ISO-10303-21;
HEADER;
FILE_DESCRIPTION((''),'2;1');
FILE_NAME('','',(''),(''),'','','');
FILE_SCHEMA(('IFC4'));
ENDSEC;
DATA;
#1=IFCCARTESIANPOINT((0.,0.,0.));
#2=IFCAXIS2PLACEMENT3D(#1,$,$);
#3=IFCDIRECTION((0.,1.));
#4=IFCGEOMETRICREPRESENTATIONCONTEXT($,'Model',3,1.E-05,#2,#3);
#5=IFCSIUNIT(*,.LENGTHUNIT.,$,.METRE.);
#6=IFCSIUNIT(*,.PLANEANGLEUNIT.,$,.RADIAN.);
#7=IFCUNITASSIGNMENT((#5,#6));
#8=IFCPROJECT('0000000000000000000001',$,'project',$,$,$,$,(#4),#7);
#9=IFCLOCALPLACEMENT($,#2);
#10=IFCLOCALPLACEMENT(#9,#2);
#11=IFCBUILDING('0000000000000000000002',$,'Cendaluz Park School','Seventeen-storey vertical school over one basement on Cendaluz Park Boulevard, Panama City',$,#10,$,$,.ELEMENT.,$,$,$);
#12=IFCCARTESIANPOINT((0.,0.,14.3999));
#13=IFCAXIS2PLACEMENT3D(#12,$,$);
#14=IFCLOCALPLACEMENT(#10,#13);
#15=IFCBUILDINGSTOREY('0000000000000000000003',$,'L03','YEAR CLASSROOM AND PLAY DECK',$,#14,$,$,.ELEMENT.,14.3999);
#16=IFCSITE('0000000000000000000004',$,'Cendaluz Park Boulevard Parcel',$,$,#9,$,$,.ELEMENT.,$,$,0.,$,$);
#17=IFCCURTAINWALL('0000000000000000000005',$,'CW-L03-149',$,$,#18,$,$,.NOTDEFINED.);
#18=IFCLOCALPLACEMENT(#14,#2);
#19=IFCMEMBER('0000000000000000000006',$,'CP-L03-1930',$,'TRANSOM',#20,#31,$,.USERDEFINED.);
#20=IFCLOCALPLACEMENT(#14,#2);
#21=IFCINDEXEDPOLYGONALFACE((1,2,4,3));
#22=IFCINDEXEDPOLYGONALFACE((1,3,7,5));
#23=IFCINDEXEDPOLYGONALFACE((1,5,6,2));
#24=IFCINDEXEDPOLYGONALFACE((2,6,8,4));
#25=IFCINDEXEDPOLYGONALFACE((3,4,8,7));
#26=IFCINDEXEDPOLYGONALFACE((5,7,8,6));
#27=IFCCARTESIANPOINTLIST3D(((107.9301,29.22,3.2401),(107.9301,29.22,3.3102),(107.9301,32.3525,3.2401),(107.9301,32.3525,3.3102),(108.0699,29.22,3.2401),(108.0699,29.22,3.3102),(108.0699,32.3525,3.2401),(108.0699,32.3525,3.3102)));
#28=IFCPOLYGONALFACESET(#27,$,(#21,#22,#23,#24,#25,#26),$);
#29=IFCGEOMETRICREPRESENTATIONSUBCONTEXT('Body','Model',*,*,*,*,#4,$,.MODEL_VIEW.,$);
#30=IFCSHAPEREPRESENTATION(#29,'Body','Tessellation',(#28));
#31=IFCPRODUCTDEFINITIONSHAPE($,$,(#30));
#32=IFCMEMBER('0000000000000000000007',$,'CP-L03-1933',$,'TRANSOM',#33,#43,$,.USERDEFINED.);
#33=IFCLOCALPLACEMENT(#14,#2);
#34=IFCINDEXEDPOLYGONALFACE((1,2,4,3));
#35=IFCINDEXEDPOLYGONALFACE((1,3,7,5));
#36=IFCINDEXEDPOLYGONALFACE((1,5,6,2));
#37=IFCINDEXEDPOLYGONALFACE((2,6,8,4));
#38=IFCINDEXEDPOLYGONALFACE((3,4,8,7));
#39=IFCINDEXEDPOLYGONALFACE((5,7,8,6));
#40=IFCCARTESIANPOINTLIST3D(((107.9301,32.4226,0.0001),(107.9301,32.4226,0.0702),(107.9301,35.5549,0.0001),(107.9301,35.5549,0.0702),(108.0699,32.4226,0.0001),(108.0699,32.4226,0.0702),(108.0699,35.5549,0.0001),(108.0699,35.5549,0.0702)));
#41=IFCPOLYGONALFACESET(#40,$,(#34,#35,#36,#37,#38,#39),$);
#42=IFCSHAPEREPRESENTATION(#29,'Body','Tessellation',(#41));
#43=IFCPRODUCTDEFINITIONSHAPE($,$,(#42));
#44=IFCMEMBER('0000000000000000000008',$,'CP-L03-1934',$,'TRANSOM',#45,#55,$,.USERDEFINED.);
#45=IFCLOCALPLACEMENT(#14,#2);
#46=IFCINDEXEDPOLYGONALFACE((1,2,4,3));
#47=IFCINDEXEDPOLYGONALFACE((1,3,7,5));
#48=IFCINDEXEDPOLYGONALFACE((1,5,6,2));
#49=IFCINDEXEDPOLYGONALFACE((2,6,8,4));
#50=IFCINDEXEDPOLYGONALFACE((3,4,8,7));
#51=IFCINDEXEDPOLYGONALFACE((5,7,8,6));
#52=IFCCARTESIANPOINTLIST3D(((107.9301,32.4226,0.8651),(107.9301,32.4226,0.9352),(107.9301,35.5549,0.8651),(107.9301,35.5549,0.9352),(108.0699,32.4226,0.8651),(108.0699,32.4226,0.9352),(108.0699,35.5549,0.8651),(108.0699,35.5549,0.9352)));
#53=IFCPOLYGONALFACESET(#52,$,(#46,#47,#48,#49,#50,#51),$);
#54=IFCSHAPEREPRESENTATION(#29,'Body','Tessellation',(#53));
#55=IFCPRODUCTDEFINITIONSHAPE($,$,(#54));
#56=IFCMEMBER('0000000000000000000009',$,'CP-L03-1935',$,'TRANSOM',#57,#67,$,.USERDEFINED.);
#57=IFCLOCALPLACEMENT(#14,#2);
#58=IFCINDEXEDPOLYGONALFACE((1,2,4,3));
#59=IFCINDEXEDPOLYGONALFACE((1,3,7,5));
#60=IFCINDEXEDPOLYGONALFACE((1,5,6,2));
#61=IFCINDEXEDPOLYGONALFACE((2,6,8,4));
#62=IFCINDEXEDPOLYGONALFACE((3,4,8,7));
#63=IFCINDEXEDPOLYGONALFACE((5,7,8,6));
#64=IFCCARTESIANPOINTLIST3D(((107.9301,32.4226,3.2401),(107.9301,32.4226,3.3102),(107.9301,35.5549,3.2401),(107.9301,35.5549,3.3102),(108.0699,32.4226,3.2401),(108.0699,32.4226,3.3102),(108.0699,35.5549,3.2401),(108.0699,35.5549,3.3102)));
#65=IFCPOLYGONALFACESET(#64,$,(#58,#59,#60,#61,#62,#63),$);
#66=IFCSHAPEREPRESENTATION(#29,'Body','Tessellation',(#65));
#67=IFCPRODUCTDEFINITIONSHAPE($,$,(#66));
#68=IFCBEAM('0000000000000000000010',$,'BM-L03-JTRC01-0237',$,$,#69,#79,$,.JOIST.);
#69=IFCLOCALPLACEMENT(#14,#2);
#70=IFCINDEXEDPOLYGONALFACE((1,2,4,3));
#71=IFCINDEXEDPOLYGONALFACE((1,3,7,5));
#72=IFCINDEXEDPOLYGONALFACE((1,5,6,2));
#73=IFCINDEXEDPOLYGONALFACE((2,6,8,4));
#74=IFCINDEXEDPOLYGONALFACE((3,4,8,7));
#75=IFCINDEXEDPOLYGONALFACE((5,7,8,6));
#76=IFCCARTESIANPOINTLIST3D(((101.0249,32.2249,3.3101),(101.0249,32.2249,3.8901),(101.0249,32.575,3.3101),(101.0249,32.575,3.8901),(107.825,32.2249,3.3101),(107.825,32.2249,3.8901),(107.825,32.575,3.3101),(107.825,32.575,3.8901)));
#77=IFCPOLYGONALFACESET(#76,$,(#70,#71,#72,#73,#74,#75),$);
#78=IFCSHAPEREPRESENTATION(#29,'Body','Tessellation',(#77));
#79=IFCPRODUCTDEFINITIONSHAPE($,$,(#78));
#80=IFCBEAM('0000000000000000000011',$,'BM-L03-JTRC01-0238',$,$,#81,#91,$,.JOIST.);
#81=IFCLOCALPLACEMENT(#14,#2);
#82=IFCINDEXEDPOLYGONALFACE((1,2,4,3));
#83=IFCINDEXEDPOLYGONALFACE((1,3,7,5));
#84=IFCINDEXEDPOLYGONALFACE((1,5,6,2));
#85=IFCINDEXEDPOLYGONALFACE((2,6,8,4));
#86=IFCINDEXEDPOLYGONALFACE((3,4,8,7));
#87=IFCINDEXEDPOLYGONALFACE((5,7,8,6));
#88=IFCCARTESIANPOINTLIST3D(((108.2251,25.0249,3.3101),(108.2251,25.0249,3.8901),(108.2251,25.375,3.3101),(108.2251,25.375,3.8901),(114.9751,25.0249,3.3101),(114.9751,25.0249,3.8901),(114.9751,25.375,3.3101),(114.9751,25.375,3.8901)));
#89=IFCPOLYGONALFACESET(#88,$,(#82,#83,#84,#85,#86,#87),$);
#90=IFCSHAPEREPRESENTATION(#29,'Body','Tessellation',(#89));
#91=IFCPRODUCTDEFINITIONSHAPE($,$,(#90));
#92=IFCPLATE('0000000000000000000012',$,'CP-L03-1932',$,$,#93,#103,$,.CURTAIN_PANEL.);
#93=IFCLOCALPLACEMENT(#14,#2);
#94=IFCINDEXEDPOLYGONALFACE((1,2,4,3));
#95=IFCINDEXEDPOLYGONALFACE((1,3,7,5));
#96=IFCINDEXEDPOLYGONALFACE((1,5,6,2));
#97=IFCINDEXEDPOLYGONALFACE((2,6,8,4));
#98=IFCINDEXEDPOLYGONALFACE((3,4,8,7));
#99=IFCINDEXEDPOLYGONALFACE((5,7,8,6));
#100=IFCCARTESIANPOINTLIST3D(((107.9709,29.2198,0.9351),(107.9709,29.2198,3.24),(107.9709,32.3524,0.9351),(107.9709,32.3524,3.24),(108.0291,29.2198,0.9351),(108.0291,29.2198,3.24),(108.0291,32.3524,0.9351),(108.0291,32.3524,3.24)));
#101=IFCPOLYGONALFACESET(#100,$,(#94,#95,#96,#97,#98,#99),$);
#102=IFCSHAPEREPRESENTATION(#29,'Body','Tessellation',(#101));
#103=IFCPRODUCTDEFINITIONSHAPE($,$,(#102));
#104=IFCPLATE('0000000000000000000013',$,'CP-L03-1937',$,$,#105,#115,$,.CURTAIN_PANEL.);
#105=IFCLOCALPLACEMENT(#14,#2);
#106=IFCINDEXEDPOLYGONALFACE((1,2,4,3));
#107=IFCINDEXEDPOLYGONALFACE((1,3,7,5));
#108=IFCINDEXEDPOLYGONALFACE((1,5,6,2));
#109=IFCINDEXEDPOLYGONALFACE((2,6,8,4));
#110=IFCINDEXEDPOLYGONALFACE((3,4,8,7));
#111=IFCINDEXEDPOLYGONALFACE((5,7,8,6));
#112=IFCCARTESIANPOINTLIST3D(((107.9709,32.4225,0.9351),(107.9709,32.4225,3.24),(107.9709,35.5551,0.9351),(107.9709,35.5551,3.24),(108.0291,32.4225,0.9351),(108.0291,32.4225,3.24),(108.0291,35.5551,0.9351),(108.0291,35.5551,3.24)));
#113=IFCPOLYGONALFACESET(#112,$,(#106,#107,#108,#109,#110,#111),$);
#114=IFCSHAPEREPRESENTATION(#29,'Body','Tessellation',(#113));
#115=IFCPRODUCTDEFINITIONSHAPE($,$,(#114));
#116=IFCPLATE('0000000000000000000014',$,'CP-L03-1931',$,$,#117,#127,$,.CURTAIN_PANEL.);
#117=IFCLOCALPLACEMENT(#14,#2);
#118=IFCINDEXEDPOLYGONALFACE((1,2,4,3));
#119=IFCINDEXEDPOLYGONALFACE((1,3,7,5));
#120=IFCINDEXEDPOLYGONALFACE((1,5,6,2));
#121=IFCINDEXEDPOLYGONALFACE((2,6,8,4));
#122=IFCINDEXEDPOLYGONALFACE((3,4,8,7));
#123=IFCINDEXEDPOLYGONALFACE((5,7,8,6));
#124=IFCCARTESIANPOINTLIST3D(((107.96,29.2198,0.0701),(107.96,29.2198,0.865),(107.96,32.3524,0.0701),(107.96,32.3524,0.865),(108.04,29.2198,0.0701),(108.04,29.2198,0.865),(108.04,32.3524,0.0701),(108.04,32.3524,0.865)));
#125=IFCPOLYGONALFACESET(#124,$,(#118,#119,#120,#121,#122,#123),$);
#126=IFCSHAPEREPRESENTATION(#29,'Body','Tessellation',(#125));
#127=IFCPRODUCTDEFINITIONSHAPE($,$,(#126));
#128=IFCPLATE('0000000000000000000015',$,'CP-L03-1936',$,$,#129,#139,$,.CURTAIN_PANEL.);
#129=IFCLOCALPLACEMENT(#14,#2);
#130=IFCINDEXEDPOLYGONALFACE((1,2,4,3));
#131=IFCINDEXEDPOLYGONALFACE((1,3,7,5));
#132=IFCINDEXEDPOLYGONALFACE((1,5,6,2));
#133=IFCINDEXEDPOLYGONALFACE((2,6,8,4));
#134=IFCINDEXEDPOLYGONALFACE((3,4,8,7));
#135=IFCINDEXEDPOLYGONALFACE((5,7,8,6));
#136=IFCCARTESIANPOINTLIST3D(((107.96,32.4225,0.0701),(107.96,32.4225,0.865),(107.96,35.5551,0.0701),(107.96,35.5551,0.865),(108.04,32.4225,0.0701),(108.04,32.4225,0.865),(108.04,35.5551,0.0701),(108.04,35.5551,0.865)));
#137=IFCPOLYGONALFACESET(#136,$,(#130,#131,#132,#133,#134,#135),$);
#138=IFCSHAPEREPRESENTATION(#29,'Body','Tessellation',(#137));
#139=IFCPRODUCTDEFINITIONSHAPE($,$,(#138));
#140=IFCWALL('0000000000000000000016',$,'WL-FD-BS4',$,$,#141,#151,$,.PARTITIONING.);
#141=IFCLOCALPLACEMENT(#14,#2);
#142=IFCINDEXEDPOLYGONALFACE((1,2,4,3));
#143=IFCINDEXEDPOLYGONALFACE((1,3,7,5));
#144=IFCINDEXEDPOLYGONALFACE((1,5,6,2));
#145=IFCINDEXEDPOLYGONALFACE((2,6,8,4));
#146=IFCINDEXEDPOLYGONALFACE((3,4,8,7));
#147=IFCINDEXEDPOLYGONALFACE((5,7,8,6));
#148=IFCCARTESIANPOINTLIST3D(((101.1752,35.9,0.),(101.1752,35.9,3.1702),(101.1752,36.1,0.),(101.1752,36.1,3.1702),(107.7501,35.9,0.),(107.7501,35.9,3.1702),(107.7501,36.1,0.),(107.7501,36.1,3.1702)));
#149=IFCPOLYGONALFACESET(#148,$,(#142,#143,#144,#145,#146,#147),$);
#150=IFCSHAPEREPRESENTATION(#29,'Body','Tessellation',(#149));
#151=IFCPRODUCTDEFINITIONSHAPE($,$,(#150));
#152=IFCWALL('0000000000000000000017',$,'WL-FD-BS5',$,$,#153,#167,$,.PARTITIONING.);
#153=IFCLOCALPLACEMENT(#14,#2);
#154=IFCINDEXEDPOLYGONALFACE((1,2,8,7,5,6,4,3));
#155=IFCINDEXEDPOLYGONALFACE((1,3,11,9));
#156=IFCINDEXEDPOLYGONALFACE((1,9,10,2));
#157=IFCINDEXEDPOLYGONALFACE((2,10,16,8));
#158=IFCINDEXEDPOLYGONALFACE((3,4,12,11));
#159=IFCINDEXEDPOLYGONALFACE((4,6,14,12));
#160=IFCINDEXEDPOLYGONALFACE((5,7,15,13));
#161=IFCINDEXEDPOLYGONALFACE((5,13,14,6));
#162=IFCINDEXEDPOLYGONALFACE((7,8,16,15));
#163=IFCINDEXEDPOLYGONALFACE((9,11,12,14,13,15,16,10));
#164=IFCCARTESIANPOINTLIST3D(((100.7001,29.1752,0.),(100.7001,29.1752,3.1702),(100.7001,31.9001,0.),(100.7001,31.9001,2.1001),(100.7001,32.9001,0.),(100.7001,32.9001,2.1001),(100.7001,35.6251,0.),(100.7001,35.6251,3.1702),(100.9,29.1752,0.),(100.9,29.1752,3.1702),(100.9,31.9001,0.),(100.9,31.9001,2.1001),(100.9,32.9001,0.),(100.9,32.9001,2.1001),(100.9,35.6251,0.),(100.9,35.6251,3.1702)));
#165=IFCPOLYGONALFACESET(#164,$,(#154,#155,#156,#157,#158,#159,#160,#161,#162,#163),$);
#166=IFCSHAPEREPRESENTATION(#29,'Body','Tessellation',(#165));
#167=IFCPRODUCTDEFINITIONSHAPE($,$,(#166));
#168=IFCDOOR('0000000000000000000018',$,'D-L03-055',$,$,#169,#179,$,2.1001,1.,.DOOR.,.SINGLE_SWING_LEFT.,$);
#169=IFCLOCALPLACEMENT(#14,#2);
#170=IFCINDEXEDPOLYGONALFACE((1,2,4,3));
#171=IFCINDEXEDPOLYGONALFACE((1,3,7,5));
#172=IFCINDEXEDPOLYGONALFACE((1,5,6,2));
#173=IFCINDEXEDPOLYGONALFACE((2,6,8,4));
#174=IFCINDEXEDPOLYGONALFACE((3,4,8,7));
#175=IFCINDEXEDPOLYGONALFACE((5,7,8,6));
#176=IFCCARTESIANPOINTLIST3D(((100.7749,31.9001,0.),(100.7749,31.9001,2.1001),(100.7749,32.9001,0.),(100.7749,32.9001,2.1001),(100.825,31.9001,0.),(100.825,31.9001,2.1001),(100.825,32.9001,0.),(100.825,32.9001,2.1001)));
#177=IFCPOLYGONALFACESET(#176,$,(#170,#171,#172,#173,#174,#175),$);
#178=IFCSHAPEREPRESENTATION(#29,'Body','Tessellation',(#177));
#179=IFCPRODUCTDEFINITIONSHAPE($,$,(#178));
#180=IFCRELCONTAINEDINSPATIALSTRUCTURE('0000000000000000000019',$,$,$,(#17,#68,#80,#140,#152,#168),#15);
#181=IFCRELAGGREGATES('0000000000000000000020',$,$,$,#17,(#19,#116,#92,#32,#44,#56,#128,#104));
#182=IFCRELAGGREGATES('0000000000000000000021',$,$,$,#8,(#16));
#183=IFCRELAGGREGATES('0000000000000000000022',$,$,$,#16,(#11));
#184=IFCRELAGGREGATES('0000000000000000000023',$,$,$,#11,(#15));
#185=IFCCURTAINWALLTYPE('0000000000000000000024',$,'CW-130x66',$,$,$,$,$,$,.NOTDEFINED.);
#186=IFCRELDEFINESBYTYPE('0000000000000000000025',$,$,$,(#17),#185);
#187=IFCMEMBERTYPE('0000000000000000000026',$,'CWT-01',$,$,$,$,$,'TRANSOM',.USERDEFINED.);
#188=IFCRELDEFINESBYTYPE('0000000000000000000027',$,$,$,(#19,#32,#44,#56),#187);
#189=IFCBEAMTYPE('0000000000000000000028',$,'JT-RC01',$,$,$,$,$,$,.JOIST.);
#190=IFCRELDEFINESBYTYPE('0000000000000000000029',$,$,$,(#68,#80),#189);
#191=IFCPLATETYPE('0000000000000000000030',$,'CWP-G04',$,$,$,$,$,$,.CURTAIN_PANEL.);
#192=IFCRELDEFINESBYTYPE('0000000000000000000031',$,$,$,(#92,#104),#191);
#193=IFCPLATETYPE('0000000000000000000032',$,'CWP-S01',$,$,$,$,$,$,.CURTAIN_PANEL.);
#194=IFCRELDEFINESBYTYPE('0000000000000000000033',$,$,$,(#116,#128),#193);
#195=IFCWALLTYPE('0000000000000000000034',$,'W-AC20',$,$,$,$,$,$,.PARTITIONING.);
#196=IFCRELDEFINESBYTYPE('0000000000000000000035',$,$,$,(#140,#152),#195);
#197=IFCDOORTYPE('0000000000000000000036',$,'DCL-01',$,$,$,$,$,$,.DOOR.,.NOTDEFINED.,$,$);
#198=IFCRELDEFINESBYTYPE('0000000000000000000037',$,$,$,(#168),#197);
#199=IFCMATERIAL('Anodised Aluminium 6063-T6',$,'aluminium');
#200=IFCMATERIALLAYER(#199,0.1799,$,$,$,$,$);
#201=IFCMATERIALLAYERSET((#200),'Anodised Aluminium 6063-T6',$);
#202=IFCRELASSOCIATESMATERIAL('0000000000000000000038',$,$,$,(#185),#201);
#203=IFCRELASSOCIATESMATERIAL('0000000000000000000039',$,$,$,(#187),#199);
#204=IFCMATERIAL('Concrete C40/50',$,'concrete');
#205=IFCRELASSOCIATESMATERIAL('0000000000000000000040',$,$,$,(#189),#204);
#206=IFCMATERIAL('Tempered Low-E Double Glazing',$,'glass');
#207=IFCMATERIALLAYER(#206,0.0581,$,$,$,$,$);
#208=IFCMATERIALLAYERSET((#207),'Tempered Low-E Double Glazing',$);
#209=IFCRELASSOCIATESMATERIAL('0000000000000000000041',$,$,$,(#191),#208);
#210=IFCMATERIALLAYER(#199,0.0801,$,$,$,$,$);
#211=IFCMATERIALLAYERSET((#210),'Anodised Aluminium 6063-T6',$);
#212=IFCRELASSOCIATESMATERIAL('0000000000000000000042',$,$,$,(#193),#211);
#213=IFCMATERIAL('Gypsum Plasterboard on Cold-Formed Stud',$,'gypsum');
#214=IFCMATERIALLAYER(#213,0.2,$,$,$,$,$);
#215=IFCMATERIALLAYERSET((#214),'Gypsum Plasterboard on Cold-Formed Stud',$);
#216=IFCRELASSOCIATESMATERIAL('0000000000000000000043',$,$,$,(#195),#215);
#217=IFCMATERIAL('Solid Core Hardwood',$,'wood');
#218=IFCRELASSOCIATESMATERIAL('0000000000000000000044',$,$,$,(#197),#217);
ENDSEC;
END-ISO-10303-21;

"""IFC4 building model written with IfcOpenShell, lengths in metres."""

from ifc_helpers import new_model, si_unit, direction, frame, frame_2d, origin, origin_2d, place, context, subcontext, project, spatial, rectangle, extrude, material, layer, layer_set, material_profile, profile_set, type_object, element, fill, aggregate, save


model = new_model("IFC4")

# Units and contexts
model_context = context("Model", 3, precision=1e-05, world=origin(), true_north=direction((0.0, 1.0)))
body_context = subcontext(model_context, "Body", "Model", "MODEL_VIEW")
ifc_project = project(units=[si_unit("LENGTHUNIT", "METRE"), si_unit("PLANEANGLEUNIT", "RADIAN")], contexts=[model_context])

# Site, building, storey
site_placement = place(None, origin())
site = spatial("IfcSite", under=ifc_project, at=site_placement, Name="Cendaluz Park Boulevard Parcel", CompositionType="ELEMENT", RefElevation=0.0)
building_placement = place(site_placement, origin())
building = spatial("IfcBuilding", under=site, at=building_placement, Name="Cendaluz Park School", Description="Seventeen-storey vertical school over one basement on Cendaluz Park Boulevard, Panama City", CompositionType="ELEMENT")
storey_placement = place(building_placement, frame((0.0, 0.0, 14.3999)))
storey = spatial("IfcBuildingStorey", under=building, at=storey_placement, Name="L03", Description="YEAR CLASSROOM AND PLAY DECK", CompositionType="ELEMENT", Elevation=14.3999)

# Shared definitions
ifc_material_1 = material(Name="Concrete C40/50", Category="concrete")

# Curtain wall, members
ifc_material_2 = material(Name="Anodised Aluminium 6063-T6", Category="aluminium")
ifc_layer_1 = layer(ifc_material_2, 0.1799)
ifc_layer_set_1 = layer_set([ifc_layer_1], Name="Anodised Aluminium 6063-T6")
curtain_wall_type = type_object("IfcCurtainWallType", Name="CW-130x66", PredefinedType="NOTDEFINED", material=ifc_layer_set_1)
curtain_wall_placement = place(storey_placement, origin())
curtain_wall = element("IfcCurtainWall", 1, at=curtain_wall_placement, inside=storey, type_object=curtain_wall_type, Name="CW-L03-149", PredefinedType="NOTDEFINED")
ifc_material_profile_1 = material_profile(ifc_material_2, rectangle(XDim=0.1399, YDim=0.0701, at=origin_2d()), Name="CWT 140x70", Category="aluminium")
ifc_profile_set_1 = profile_set([ifc_material_profile_1], Name="Anodised Aluminium 6063-T6")
member_type_1 = type_object("IfcMemberType", Name="CWT-01", ElementType="TRANSOM", PredefinedType="USERDEFINED", material=ifc_profile_set_1)
member_1_placement = place(storey_placement, frame((108.0, 29.22, 3.2751), z_axis=(0.0, 1.0, 0.0), x_axis=(-1.0, 0.0, 0.0)))
member_1 = element("IfcMember", 2, at=member_1_placement, type_object=member_type_1, Name="CP-L03-1930", ObjectType="TRANSOM", PredefinedType="USERDEFINED", context=body_context, shape_type="SweptSolid", body=[
    extrude(rectangle(XDim=0.1399, YDim=0.0701, at=origin_2d()), origin(), (0.0, 0.0, 1.0), 3.1326),
])
member_2_placement = place(storey_placement, frame((108.0, 32.4226, 0.0352), z_axis=(0.0, 1.0, 0.0), x_axis=(-1.0, 0.0, 0.0)))
member_2 = element("IfcMember", 3, at=member_2_placement, type_object=member_type_1, Name="CP-L03-1933", ObjectType="TRANSOM", PredefinedType="USERDEFINED", context=body_context, shape_type="SweptSolid", body=[
    extrude(rectangle(XDim=0.1399, YDim=0.0701, at=origin_2d()), origin(), (0.0, 0.0, 1.0), 3.1323),
])
member_3_placement = place(storey_placement, frame((108.0, 32.4226, 0.9001), z_axis=(0.0, 1.0, 0.0), x_axis=(-1.0, 0.0, 0.0)))
member_3 = element("IfcMember", 4, at=member_3_placement, type_object=member_type_1, Name="CP-L03-1934", ObjectType="TRANSOM", PredefinedType="USERDEFINED", context=body_context, shape_type="SweptSolid", body=[
    extrude(rectangle(XDim=0.1399, YDim=0.0701, at=origin_2d()), origin(), (0.0, 0.0, 1.0), 3.1323),
])
member_4_placement = place(storey_placement, frame((108.0, 32.4226, 3.2751), z_axis=(0.0, 1.0, 0.0), x_axis=(-1.0, 0.0, 0.0)))
member_4 = element("IfcMember", 5, at=member_4_placement, type_object=member_type_1, Name="CP-L03-1935", ObjectType="TRANSOM", PredefinedType="USERDEFINED", context=body_context, shape_type="SweptSolid", body=[
    extrude(rectangle(XDim=0.1399, YDim=0.0701, at=origin_2d()), origin(), (0.0, 0.0, 1.0), 3.1323),
])

# Beams
ifc_material_profile_2 = material_profile(ifc_material_1, rectangle(XDim=0.3501, YDim=0.5801, at=origin_2d()), Name="RC 350x580", Category="concrete")
ifc_profile_set_2 = profile_set([ifc_material_profile_2], Name="Concrete C40/50")
beam_type_1 = type_object("IfcBeamType", Name="JT-RC01", PredefinedType="JOIST", material=ifc_profile_set_2)
beam_1_placement = place(storey_placement, frame((101.0249, 32.3999, 3.6001), z_axis=(1.0, 0.0, 0.0), x_axis=(0.0, 1.0, 0.0)))
element("IfcBeam", 6, at=beam_1_placement, inside=storey, type_object=beam_type_1, Name="BM-L03-JTRC01-0237", PredefinedType="JOIST", context=body_context, shape_type="SweptSolid", body=[
    extrude(rectangle(XDim=0.3501, YDim=0.5801, at=origin_2d()), origin(), (0.0, 0.0, 1.0), 6.8),
])
beam_2_placement = place(storey_placement, frame((108.2251, 25.2, 3.6001), z_axis=(1.0, 0.0, 0.0), x_axis=(0.0, 1.0, 0.0)))
element("IfcBeam", 7, at=beam_2_placement, inside=storey, type_object=beam_type_1, Name="BM-L03-JTRC01-0238", PredefinedType="JOIST", context=body_context, shape_type="SweptSolid", body=[
    extrude(rectangle(XDim=0.3501, YDim=0.5801, at=origin_2d()), origin(), (0.0, 0.0, 1.0), 6.75),
])

# Plates
ifc_material_3 = material(Name="Tempered Low-E Double Glazing", Category="glass")
ifc_layer_2 = layer(ifc_material_3, 0.0581)
ifc_layer_set_2 = layer_set([ifc_layer_2], Name="Tempered Low-E Double Glazing")
plate_type_1 = type_object("IfcPlateType", Name="CWP-G04", PredefinedType="CURTAIN_PANEL", material=ifc_layer_set_2)
plate_1_placement = place(storey_placement, frame((108.0, 30.7861, 0.9351), z_axis=(0.0, 0.0, 1.0), x_axis=(0.0, 1.0, 0.0)))
plate_1 = element("IfcPlate", 8, at=plate_1_placement, type_object=plate_type_1, Name="CP-L03-1932", PredefinedType="CURTAIN_PANEL", context=body_context, shape_type="SweptSolid", body=[
    extrude(rectangle(XDim=3.1326, YDim=0.0581, at=origin_2d()), origin(), (0.0, 0.0, 1.0), 2.3049),
])
plate_2_placement = place(storey_placement, frame((108.0, 33.9888, 0.9351), z_axis=(0.0, 0.0, 1.0), x_axis=(0.0, 1.0, 0.0)))
plate_2 = element("IfcPlate", 9, at=plate_2_placement, type_object=plate_type_1, Name="CP-L03-1937", PredefinedType="CURTAIN_PANEL", context=body_context, shape_type="SweptSolid", body=[
    extrude(rectangle(XDim=3.1326, YDim=0.0581, at=origin_2d()), origin(), (0.0, 0.0, 1.0), 2.3049),
])
ifc_layer_3 = layer(ifc_material_2, 0.0801)
ifc_layer_set_3 = layer_set([ifc_layer_3], Name="Anodised Aluminium 6063-T6")
plate_type_2 = type_object("IfcPlateType", Name="CWP-S01", PredefinedType="CURTAIN_PANEL", material=ifc_layer_set_3)
plate_3_placement = place(storey_placement, frame((108.0, 30.7861, 0.0701), z_axis=(0.0, 0.0, 1.0), x_axis=(0.0, 1.0, 0.0)))
plate_3 = element("IfcPlate", 10, at=plate_3_placement, type_object=plate_type_2, Name="CP-L03-1931", PredefinedType="CURTAIN_PANEL", context=body_context, shape_type="SweptSolid", body=[
    extrude(rectangle(XDim=3.1326, YDim=0.0801, at=origin_2d()), origin(), (0.0, 0.0, 1.0), 0.7949),
])
plate_4_placement = place(storey_placement, frame((108.0, 33.9888, 0.0701), z_axis=(0.0, 0.0, 1.0), x_axis=(0.0, 1.0, 0.0)))
plate_4 = element("IfcPlate", 11, at=plate_4_placement, type_object=plate_type_2, Name="CP-L03-1936", PredefinedType="CURTAIN_PANEL", context=body_context, shape_type="SweptSolid", body=[
    extrude(rectangle(XDim=3.1326, YDim=0.0801, at=origin_2d()), origin(), (0.0, 0.0, 1.0), 0.7949),
])
aggregate(curtain_wall, [member_1, plate_3, plate_1, member_2, member_3, member_4, plate_4, plate_2])

# Wall
ifc_material_4 = material(Name="Gypsum Plasterboard on Cold-Formed Stud", Category="gypsum")
ifc_layer_4 = layer(ifc_material_4, 0.2)
ifc_layer_set_4 = layer_set([ifc_layer_4], Name="Gypsum Plasterboard on Cold-Formed Stud")
wall_type_1 = type_object("IfcWallType", Name="W-AC20", PredefinedType="PARTITIONING", material=ifc_layer_set_4)
wall_1_placement = place(storey_placement, frame((101.175, 36.0, 0.0), z_axis=(0.0, 0.0, 1.0), x_axis=(1.0, 0.0, 0.0)))
element("IfcWall", 12, at=wall_1_placement, inside=storey, type_object=wall_type_1, Name="WL-FD-BS4", PredefinedType="PARTITIONING", context=body_context, shape_type="SweptSolid", body=[
    extrude(rectangle(XDim=6.575, YDim=0.2, at=frame_2d((3.2876, 0.0))), origin(), (0.0, 0.0, 1.0), 3.1702),
])

# Wall, opening, door
wall_2_placement = place(storey_placement, frame((100.8, 29.175, 0.0), z_axis=(0.0, 0.0, 1.0), x_axis=(0.0, 1.0, 0.0)))
wall_2 = element("IfcWall", 13, at=wall_2_placement, inside=storey, type_object=wall_type_1, Name="WL-FD-BS5", PredefinedType="PARTITIONING", context=body_context, shape_type="SweptSolid", body=[
    extrude(rectangle(XDim=6.45, YDim=0.2, at=frame_2d((3.2251, 0.0))), origin(), (0.0, 0.0, 1.0), 3.1702),
])
opening_1_placement = place(wall_2_placement, frame((2.7251, 0.0, 0.0)))
opening_1 = element("IfcOpeningElement", 14, at=opening_1_placement, cuts=wall_2, PredefinedType="OPENING", context=body_context, shape_type="SweptSolid", body=[
    extrude(rectangle(XDim=1.0, YDim=2.1001, at=frame_2d((0.5, 1.05))), frame((0.0, 0.1121, 0.0), z_axis=(0.0, -1.0, 0.0), x_axis=(1.0, 0.0, 0.0)), (0.0, 0.0, 1.0), 0.2239),
])
ifc_material_5 = material(Name="Solid Core Hardwood", Category="wood")
door_type_1 = type_object("IfcDoorType", Name="DCL-01", OperationType="NOTDEFINED", PredefinedType="DOOR", material=ifc_material_5)
door_1_placement = place(opening_1_placement, frame((1.0, 0.0, 0.0), z_axis=(0.0, 0.0, 1.0), x_axis=(-1.0, 0.0, 0.0)))
door_1 = element("IfcDoor", 15, at=door_1_placement, inside=storey, type_object=door_type_1, Name="D-L03-055", OperationType="SINGLE_SWING_LEFT", OverallHeight=2.1001, OverallWidth=1.0, PredefinedType="DOOR", context=body_context, shape_type="SweptSolid", body=[
    extrude(rectangle(XDim=1.0, YDim=2.1001, at=frame_2d((0.5, 1.05))), frame((0.0, 0.0249, 0.0), z_axis=(0.0, -1.0, 0.0), x_axis=(1.0, 0.0, 0.0)), (0.0, 0.0, 1.0), 0.05),
])
fill(opening_1, door_1)

save(model, "model.ifc")
